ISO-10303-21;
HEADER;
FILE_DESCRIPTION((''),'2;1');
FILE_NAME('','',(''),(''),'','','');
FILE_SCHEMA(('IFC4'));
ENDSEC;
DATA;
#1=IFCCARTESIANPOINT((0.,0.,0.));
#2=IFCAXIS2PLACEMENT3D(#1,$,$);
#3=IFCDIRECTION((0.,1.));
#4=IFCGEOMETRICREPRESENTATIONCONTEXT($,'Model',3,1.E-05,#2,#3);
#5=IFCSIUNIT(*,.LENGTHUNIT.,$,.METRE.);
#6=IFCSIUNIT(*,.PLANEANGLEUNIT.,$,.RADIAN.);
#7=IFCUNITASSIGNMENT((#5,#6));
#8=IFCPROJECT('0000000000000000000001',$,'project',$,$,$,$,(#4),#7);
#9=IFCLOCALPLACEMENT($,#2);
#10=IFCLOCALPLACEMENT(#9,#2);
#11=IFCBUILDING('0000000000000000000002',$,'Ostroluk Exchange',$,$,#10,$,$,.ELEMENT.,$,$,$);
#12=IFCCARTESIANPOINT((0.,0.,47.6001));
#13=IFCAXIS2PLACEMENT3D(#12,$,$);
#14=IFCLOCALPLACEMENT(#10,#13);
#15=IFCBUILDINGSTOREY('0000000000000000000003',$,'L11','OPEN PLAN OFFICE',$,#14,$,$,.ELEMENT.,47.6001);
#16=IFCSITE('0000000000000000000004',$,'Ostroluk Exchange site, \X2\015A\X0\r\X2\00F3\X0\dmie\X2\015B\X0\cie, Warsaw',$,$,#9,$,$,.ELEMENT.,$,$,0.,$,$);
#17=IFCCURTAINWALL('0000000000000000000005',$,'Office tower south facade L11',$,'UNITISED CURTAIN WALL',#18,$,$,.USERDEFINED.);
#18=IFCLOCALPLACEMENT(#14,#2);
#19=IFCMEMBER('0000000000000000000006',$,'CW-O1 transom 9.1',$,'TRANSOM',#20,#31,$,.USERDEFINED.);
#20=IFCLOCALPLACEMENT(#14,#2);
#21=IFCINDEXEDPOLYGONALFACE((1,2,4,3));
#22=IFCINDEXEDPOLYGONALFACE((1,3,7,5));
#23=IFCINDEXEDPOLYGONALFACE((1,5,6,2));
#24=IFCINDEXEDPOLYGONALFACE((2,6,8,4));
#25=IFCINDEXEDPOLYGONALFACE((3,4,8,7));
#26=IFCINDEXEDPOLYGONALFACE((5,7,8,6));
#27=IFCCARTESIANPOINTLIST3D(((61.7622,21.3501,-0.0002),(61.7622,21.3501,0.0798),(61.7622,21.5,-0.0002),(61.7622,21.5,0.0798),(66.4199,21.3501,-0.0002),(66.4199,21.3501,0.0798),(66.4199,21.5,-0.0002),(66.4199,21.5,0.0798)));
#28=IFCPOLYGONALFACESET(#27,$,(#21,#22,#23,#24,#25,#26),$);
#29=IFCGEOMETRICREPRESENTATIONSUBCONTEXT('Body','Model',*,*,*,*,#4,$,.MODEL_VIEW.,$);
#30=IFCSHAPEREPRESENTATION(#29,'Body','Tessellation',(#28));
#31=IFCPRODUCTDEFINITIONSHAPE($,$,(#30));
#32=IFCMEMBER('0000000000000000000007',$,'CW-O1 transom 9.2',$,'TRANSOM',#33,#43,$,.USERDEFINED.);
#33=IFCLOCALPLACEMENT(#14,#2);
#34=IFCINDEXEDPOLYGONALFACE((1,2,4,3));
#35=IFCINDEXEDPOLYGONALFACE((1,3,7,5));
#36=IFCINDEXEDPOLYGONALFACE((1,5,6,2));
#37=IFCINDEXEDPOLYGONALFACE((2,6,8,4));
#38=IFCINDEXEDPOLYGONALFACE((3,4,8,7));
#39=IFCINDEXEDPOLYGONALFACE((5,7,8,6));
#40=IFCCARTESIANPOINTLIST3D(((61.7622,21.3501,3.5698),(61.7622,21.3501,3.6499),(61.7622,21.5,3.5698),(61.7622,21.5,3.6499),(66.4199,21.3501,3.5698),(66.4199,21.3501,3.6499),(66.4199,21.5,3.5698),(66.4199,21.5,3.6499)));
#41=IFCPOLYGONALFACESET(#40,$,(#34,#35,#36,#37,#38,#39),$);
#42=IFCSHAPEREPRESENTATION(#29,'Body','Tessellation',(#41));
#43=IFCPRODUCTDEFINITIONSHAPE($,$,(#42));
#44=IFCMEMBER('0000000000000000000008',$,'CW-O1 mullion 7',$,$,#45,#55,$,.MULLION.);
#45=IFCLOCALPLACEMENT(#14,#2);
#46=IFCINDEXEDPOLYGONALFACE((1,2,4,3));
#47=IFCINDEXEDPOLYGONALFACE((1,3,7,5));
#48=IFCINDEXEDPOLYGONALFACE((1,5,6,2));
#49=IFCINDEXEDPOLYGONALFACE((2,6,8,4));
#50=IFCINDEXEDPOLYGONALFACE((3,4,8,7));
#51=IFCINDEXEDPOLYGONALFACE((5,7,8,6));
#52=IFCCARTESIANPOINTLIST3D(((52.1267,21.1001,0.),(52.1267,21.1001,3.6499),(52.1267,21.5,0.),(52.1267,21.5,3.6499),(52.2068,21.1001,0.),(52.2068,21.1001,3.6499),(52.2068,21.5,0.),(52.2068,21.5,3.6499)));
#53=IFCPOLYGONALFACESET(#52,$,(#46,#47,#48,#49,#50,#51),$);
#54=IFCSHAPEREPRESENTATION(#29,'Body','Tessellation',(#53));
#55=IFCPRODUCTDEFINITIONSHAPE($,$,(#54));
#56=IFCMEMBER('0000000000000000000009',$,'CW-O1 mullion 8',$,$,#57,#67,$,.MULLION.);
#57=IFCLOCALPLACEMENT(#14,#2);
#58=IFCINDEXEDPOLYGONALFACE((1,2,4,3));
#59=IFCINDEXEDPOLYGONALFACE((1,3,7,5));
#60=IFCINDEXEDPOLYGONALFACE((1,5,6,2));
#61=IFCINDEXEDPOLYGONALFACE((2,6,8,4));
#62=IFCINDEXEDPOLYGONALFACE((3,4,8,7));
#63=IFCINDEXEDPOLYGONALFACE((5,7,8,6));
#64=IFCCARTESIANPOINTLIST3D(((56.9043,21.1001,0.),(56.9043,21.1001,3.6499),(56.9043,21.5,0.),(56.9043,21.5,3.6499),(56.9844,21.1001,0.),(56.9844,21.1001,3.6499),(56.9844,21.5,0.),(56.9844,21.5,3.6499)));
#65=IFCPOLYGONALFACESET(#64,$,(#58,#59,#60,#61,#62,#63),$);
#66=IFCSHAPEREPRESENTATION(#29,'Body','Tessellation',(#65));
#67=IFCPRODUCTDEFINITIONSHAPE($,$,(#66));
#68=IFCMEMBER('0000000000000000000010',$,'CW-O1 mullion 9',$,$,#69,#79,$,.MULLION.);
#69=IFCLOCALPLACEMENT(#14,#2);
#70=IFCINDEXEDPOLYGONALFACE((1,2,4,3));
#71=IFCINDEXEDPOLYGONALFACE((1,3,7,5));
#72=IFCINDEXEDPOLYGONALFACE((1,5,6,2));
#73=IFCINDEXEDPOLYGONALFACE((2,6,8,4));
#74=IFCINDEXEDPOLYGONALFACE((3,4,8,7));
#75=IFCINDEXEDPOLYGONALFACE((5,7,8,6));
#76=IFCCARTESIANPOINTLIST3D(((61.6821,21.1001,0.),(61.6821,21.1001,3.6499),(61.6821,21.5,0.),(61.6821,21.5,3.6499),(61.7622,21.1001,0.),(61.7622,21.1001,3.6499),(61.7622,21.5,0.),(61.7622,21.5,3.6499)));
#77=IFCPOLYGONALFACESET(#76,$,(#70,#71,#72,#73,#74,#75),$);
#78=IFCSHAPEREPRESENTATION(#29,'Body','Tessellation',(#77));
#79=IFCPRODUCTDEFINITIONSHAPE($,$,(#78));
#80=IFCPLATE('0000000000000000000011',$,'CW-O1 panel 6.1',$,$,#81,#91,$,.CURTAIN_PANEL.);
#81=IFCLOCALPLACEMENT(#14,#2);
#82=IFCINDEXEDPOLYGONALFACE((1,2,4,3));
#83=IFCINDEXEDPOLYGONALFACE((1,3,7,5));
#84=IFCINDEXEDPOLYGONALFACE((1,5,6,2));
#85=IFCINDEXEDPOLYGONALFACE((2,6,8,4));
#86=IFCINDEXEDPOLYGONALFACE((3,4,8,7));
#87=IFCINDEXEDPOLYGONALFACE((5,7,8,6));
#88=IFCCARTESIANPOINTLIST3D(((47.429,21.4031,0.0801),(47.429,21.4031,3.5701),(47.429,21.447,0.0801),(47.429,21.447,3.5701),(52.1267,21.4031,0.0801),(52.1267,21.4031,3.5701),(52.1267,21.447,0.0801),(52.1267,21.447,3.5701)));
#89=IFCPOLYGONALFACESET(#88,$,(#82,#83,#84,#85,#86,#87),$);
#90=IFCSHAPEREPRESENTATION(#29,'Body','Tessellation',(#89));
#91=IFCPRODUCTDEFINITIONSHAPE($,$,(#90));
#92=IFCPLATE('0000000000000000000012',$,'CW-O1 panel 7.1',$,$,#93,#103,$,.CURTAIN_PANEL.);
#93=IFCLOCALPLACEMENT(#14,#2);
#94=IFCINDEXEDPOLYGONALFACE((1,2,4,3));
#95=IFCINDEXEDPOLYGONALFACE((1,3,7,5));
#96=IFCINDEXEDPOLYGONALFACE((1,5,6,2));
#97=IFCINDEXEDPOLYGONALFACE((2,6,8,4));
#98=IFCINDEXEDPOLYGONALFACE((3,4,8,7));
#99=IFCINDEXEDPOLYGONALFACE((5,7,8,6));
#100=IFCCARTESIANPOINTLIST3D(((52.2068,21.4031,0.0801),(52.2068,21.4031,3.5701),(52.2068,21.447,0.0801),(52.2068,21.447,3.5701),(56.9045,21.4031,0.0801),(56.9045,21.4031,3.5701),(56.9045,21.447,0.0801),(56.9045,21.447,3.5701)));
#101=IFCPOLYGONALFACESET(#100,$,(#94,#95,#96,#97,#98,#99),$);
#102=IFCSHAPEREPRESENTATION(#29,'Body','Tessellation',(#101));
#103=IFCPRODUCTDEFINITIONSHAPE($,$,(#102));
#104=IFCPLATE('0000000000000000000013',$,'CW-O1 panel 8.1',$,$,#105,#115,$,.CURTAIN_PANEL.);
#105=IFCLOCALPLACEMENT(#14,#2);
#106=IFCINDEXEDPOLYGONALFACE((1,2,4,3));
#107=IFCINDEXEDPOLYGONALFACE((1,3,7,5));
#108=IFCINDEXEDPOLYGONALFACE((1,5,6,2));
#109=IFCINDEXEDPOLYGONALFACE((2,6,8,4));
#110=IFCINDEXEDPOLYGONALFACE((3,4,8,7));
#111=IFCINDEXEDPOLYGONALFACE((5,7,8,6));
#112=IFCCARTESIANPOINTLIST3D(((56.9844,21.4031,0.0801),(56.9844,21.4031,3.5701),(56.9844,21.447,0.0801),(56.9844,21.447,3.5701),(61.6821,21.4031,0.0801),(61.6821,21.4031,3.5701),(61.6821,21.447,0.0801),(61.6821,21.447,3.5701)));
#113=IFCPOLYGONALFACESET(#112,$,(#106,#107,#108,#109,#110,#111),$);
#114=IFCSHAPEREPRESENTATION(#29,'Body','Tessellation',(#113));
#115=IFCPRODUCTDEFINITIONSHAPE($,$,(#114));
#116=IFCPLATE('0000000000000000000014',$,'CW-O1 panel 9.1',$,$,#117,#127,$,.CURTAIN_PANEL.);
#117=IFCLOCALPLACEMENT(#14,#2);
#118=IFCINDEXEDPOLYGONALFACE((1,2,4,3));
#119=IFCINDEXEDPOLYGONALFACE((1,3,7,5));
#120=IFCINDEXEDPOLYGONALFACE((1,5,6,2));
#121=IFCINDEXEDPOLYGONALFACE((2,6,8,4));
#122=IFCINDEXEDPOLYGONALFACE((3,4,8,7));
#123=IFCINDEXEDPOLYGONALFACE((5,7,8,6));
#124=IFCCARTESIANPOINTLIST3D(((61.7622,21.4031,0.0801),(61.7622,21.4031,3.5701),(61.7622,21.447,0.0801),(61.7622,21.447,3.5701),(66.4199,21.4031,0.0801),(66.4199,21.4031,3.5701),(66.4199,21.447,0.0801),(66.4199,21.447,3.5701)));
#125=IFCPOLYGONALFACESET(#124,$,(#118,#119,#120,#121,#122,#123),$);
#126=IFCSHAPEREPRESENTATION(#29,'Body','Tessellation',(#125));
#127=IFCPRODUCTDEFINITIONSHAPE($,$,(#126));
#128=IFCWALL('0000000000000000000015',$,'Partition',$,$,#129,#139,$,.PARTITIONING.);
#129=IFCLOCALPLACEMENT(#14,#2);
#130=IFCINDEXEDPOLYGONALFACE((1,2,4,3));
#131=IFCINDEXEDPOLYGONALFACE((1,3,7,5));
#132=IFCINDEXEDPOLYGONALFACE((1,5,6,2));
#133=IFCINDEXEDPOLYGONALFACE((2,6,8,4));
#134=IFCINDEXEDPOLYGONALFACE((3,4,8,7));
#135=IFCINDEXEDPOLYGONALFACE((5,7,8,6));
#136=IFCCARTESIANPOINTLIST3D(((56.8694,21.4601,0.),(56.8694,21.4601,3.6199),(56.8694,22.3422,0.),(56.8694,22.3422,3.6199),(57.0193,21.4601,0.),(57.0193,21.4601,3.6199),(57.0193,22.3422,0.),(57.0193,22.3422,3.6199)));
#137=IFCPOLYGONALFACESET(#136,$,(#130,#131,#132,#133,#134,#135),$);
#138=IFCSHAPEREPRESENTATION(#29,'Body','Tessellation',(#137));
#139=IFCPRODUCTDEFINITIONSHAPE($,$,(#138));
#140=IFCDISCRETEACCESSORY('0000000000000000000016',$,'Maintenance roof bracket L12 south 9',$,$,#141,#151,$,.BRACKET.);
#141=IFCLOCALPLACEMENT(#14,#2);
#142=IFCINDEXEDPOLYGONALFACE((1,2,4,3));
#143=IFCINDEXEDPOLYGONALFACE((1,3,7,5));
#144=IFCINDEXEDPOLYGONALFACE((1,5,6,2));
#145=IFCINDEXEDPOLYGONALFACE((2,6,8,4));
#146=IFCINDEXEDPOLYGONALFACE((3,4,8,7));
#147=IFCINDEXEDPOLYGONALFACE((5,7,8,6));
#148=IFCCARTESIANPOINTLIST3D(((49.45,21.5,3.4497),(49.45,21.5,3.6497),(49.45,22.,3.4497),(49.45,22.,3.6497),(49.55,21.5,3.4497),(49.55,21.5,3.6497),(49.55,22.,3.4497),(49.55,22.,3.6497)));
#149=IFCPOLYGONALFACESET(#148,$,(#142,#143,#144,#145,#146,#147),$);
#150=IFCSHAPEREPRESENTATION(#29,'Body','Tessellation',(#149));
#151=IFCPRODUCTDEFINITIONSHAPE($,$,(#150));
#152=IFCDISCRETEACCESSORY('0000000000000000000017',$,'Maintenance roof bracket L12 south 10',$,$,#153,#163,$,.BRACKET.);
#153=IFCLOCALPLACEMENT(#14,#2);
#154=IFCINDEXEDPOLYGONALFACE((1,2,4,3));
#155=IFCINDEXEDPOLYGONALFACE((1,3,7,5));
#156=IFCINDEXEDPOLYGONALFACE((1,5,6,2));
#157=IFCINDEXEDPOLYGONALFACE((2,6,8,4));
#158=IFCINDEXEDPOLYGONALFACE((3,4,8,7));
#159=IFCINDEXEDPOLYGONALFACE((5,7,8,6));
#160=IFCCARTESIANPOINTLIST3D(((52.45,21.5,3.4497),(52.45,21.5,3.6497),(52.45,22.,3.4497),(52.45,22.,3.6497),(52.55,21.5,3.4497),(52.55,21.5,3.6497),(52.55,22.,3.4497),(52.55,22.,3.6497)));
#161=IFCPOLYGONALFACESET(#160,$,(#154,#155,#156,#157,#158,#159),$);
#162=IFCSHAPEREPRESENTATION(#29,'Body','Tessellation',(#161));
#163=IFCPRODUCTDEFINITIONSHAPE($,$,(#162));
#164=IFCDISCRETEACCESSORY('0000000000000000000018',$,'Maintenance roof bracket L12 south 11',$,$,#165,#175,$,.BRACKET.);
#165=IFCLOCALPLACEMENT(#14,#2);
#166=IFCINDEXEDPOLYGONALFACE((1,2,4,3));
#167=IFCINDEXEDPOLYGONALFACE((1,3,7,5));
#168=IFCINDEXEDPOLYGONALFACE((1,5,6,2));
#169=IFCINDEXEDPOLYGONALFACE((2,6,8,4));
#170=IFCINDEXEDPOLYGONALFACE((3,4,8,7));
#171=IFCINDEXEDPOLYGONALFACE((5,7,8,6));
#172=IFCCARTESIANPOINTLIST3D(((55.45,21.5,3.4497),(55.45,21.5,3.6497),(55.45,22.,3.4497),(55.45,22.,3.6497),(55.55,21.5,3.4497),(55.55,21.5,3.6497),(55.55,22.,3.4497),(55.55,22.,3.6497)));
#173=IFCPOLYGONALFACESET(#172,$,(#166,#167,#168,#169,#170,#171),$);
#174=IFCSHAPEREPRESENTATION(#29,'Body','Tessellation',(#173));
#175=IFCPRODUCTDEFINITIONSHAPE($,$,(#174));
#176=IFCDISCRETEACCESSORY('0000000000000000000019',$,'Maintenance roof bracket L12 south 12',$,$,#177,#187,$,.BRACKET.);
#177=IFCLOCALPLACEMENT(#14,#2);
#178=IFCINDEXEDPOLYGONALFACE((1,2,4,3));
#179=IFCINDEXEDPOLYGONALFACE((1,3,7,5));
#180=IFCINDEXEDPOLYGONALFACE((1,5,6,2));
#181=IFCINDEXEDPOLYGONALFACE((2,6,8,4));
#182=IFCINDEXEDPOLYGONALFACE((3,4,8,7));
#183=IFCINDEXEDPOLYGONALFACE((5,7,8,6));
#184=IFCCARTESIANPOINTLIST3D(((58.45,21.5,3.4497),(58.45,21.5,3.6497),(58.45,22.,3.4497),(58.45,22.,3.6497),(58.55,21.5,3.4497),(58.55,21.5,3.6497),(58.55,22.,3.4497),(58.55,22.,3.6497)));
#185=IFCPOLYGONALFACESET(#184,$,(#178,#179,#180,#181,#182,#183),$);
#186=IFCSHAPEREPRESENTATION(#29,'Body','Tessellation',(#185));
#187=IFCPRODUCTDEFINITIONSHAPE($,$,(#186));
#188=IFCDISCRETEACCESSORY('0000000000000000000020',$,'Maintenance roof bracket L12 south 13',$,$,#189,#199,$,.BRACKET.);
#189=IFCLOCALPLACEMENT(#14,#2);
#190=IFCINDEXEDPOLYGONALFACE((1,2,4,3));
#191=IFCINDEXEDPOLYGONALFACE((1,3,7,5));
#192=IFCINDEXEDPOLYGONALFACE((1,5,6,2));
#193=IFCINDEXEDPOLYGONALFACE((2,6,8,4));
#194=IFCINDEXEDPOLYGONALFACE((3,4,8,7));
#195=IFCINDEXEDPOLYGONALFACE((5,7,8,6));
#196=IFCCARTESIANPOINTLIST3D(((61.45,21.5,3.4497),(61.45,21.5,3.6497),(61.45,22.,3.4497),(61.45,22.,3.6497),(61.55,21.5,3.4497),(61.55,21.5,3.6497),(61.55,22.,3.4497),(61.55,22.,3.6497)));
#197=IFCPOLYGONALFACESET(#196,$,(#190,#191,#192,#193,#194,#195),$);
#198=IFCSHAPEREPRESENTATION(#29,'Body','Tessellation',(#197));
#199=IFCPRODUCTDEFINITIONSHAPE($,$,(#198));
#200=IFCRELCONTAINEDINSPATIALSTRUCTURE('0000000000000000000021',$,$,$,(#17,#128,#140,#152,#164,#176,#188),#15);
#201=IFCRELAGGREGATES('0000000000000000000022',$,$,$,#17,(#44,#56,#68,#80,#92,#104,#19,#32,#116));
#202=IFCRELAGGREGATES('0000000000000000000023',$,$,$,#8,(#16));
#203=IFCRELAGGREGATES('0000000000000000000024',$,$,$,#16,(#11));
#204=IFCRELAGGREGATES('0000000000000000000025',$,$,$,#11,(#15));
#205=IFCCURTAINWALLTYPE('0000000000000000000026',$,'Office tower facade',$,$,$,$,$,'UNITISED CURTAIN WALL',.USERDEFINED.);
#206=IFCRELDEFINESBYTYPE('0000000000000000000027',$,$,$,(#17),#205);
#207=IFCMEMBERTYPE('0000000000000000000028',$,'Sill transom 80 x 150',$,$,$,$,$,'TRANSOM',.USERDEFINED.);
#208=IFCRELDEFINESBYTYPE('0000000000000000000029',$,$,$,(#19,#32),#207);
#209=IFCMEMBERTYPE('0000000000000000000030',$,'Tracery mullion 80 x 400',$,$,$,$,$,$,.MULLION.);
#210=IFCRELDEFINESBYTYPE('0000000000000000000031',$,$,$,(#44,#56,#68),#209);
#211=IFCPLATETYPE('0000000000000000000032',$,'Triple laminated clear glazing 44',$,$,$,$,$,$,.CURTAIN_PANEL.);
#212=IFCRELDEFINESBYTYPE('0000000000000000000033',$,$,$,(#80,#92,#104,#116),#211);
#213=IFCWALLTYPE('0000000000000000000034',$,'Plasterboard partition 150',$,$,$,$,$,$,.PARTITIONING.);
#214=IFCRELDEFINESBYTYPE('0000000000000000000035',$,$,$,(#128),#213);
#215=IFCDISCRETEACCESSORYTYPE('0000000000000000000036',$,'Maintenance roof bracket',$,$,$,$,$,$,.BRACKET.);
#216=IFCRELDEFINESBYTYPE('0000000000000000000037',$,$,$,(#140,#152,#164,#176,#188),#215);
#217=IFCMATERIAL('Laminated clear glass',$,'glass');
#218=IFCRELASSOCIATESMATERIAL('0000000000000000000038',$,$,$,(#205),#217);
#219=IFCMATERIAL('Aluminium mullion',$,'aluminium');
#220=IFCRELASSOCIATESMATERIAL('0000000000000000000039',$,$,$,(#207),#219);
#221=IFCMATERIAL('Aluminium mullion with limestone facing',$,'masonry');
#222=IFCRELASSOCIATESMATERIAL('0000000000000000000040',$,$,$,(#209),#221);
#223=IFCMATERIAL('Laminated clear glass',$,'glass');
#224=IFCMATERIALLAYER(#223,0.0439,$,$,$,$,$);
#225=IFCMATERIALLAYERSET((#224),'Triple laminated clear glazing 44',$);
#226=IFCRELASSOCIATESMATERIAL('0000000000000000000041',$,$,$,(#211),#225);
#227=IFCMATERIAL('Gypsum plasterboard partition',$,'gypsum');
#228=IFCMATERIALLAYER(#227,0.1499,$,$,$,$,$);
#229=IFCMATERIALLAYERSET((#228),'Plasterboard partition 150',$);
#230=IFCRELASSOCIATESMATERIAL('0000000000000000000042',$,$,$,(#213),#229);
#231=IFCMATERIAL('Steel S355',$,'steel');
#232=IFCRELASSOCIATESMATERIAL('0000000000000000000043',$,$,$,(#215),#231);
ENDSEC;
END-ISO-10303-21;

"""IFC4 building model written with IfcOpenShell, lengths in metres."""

from ifc_helpers import new_model, si_unit, direction, frame, frame_2d, origin, origin_2d, place, context, subcontext, project, spatial, rectangle, extrude, material, layer, layer_set, material_profile, profile_set, type_object, element, aggregate, save


model = new_model("IFC4")

# Units and contexts
model_context = context("Model", 3, precision=1e-05, world=origin(), true_north=direction((0.0, 1.0)))
body_context = subcontext(model_context, "Body", "Model", "MODEL_VIEW")
ifc_project = project(units=[si_unit("LENGTHUNIT", "METRE"), si_unit("PLANEANGLEUNIT", "RADIAN")], contexts=[model_context])

# Site, building, storey
site_placement = place(None, origin())
site = spatial("IfcSite", under=ifc_project, at=site_placement, Name="Ostroluk Exchange site, Śródmieście, Warsaw", CompositionType="ELEMENT", RefElevation=0.0)
building_placement = place(site_placement, origin())
building = spatial("IfcBuilding", under=site, at=building_placement, Name="Ostroluk Exchange", CompositionType="ELEMENT")
storey_placement = place(building_placement, frame((0.0, 0.0, 47.6001)))
storey = spatial("IfcBuildingStorey", under=building, at=storey_placement, Name="L11", Description="OPEN PLAN OFFICE", CompositionType="ELEMENT", Elevation=47.6001)

# Curtain wall, members, plates
ifc_material_1 = material(Name="Laminated clear glass", Category="glass")
curtain_wall_type = type_object("IfcCurtainWallType", Name="Office tower facade", ElementType="UNITISED CURTAIN WALL", PredefinedType="USERDEFINED", material=ifc_material_1)
curtain_wall_placement = place(storey_placement, origin())
curtain_wall = element("IfcCurtainWall", 1, at=curtain_wall_placement, inside=storey, type_object=curtain_wall_type, Name="Office tower south facade L11", ObjectType="UNITISED CURTAIN WALL", PredefinedType="USERDEFINED")
ifc_material_2 = material(Name="Aluminium mullion", Category="aluminium")
ifc_material_profile_1 = material_profile(ifc_material_2, rectangle(XDim=0.1499, YDim=0.0801, at=origin_2d()), Name="Sill transom 80 x 150")
ifc_profile_set_1 = profile_set([ifc_material_profile_1], Name="Aluminium mullion")
member_type_1 = type_object("IfcMemberType", Name="Sill transom 80 x 150", ElementType="TRANSOM", PredefinedType="USERDEFINED", material=ifc_profile_set_1)
member_1_placement = place(storey_placement, frame((61.7622, 21.425, 0.0398), z_axis=(1.0, 0.0, 0.0), x_axis=(0.0, 1.0, 0.0)))
member_1 = element("IfcMember", 2, at=member_1_placement, type_object=member_type_1, Name="CW-O1 transom 9.1", ObjectType="TRANSOM", PredefinedType="USERDEFINED", context=body_context, shape_type="SweptSolid", body=[
    extrude(rectangle(XDim=0.1499, YDim=0.0801, at=origin_2d()), origin(), (0.0, 0.0, 1.0), 4.6577),
])
member_2_placement = place(storey_placement, frame((61.7622, 21.425, 3.6099), z_axis=(1.0, 0.0, 0.0), x_axis=(0.0, 1.0, 0.0)))
member_2 = element("IfcMember", 3, at=member_2_placement, type_object=member_type_1, Name="CW-O1 transom 9.2", ObjectType="TRANSOM", PredefinedType="USERDEFINED", context=body_context, shape_type="SweptSolid", body=[
    extrude(rectangle(XDim=0.1499, YDim=0.0801, at=origin_2d()), origin(), (0.0, 0.0, 1.0), 4.6577),
])
ifc_material_3 = material(Name="Aluminium mullion with limestone facing", Category="masonry")
ifc_material_profile_2 = material_profile(ifc_material_3, rectangle(XDim=0.3999, YDim=0.0801, at=origin_2d()), Name="Tracery mullion 80 x 400")
ifc_profile_set_2 = profile_set([ifc_material_profile_2], Name="Aluminium mullion with limestone facing")
member_type_2 = type_object("IfcMemberType", Name="Tracery mullion 80 x 400", PredefinedType="MULLION", material=ifc_profile_set_2)
member_3_placement = place(storey_placement, frame((52.1667, 21.3, 0.0), z_axis=(0.0, 0.0, 1.0), x_axis=(0.0, 1.0, 0.0)))
member_3 = element("IfcMember", 4, at=member_3_placement, type_object=member_type_2, Name="CW-O1 mullion 7", PredefinedType="MULLION", context=body_context, shape_type="SweptSolid", body=[
    extrude(rectangle(XDim=0.3999, YDim=0.0801, at=origin_2d()), origin(), (0.0, 0.0, 1.0), 3.6499),
])
member_4_placement = place(storey_placement, frame((56.9443, 21.3, 0.0), z_axis=(0.0, 0.0, 1.0), x_axis=(0.0, 1.0, 0.0)))
member_4 = element("IfcMember", 5, at=member_4_placement, type_object=member_type_2, Name="CW-O1 mullion 8", PredefinedType="MULLION", context=body_context, shape_type="SweptSolid", body=[
    extrude(rectangle(XDim=0.3999, YDim=0.0801, at=origin_2d()), origin(), (0.0, 0.0, 1.0), 3.6499),
])
member_5_placement = place(storey_placement, frame((61.7222, 21.3, 0.0), z_axis=(0.0, 0.0, 1.0), x_axis=(0.0, 1.0, 0.0)))
member_5 = element("IfcMember", 6, at=member_5_placement, type_object=member_type_2, Name="CW-O1 mullion 9", PredefinedType="MULLION", context=body_context, shape_type="SweptSolid", body=[
    extrude(rectangle(XDim=0.3999, YDim=0.0801, at=origin_2d()), origin(), (0.0, 0.0, 1.0), 3.6499),
])
ifc_material_4 = material(Name="Laminated clear glass", Category="glass")
ifc_layer_1 = layer(ifc_material_4, 0.0439)
ifc_layer_set_1 = layer_set([ifc_layer_1], Name="Triple laminated clear glazing 44")
plate_type = type_object("IfcPlateType", Name="Triple laminated clear glazing 44", PredefinedType="CURTAIN_PANEL", material=ifc_layer_set_1)
plate_1_placement = place(storey_placement, frame((49.7778, 21.425, 0.0801), z_axis=(0.0, 0.0, 1.0), x_axis=(1.0, 0.0, 0.0)))
plate_1 = element("IfcPlate", 7, at=plate_1_placement, type_object=plate_type, Name="CW-O1 panel 6.1", PredefinedType="CURTAIN_PANEL", context=body_context, shape_type="SweptSolid", body=[
    extrude(rectangle(XDim=4.6978, YDim=0.0439, at=origin_2d()), origin(), (0.0, 0.0, 1.0), 3.49),
])
plate_2_placement = place(storey_placement, frame((54.5557, 21.425, 0.0801), z_axis=(0.0, 0.0, 1.0), x_axis=(1.0, 0.0, 0.0)))
plate_2 = element("IfcPlate", 8, at=plate_2_placement, type_object=plate_type, Name="CW-O1 panel 7.1", PredefinedType="CURTAIN_PANEL", context=body_context, shape_type="SweptSolid", body=[
    extrude(rectangle(XDim=4.6978, YDim=0.0439, at=origin_2d()), origin(), (0.0, 0.0, 1.0), 3.49),
])
plate_3_placement = place(storey_placement, frame((59.3333, 21.425, 0.0801), z_axis=(0.0, 0.0, 1.0), x_axis=(1.0, 0.0, 0.0)))
plate_3 = element("IfcPlate", 9, at=plate_3_placement, type_object=plate_type, Name="CW-O1 panel 8.1", PredefinedType="CURTAIN_PANEL", context=body_context, shape_type="SweptSolid", body=[
    extrude(rectangle(XDim=4.6978, YDim=0.0439, at=origin_2d()), origin(), (0.0, 0.0, 1.0), 3.49),
])
plate_4_placement = place(storey_placement, frame((64.0911, 21.425, 0.0801), z_axis=(0.0, 0.0, 1.0), x_axis=(1.0, 0.0, 0.0)))
plate_4 = element("IfcPlate", 10, at=plate_4_placement, type_object=plate_type, Name="CW-O1 panel 9.1", PredefinedType="CURTAIN_PANEL", context=body_context, shape_type="SweptSolid", body=[
    extrude(rectangle(XDim=4.6577, YDim=0.0439, at=origin_2d()), origin(), (0.0, 0.0, 1.0), 3.49),
])
aggregate(curtain_wall, [member_3, member_4, member_5, plate_1, plate_2, plate_3, member_1, member_2, plate_4])

# Wall
ifc_material_5 = material(Name="Gypsum plasterboard partition", Category="gypsum")
ifc_layer_2 = layer(ifc_material_5, 0.1499)
ifc_layer_set_2 = layer_set([ifc_layer_2], Name="Plasterboard partition 150")
wall_type = type_object("IfcWallType", Name="Plasterboard partition 150", PredefinedType="PARTITIONING", material=ifc_layer_set_2)
wall_placement = place(storey_placement, frame((56.9443, 22.342, 0.0), z_axis=(0.0, 0.0, 1.0), x_axis=(0.0, -1.0, 0.0)))
element("IfcWall", 11, at=wall_placement, inside=storey, type_object=wall_type, Name="Partition", PredefinedType="PARTITIONING", context=body_context, shape_type="SweptSolid", body=[
    extrude(rectangle(XDim=0.8821, YDim=0.1499, at=frame_2d((0.4409, 0.0))), origin(), (0.0, 0.0, 1.0), 3.6199),
])

# Discrete accessories
ifc_material_6 = material(Name="Steel S355", Category="steel")
discrete_accessory_type = type_object("IfcDiscreteAccessoryType", Name="Maintenance roof bracket", PredefinedType="BRACKET", material=ifc_material_6)
for number, where, z_axis, x_axis, name in (
    (12, (49.5, 21.75, 3.4497), (0.0, 0.0, 1.0), (1.0, 0.0, 0.0), "Maintenance roof bracket L12 south 9"),
    (13, (52.5, 21.75, 3.4497), (0.0, 0.0, 1.0), (1.0, 0.0, 0.0), "Maintenance roof bracket L12 south 10"),
    (14, (55.5, 21.75, 3.4497), (0.0, 0.0, 1.0), (1.0, 0.0, 0.0), "Maintenance roof bracket L12 south 11"),
    (15, (58.5, 21.75, 3.4497), (0.0, 0.0, 1.0), (1.0, 0.0, 0.0), "Maintenance roof bracket L12 south 12"),
    (16, (61.5, 21.75, 3.4497), (0.0, 0.0, 1.0), (1.0, 0.0, 0.0), "Maintenance roof bracket L12 south 13"),
):
    element("IfcDiscreteAccessory", number, at=place(storey_placement, frame(where, z_axis=z_axis, x_axis=x_axis)), inside=storey, type_object=discrete_accessory_type, Name=name, PredefinedType="BRACKET", context=body_context, shape_type="SweptSolid", body=[
        extrude(rectangle(XDim=0.1001, YDim=0.5, at=origin_2d()), origin(), (0.0, 0.0, 1.0), 0.2),
    ])

save(model, "model.ifc")
